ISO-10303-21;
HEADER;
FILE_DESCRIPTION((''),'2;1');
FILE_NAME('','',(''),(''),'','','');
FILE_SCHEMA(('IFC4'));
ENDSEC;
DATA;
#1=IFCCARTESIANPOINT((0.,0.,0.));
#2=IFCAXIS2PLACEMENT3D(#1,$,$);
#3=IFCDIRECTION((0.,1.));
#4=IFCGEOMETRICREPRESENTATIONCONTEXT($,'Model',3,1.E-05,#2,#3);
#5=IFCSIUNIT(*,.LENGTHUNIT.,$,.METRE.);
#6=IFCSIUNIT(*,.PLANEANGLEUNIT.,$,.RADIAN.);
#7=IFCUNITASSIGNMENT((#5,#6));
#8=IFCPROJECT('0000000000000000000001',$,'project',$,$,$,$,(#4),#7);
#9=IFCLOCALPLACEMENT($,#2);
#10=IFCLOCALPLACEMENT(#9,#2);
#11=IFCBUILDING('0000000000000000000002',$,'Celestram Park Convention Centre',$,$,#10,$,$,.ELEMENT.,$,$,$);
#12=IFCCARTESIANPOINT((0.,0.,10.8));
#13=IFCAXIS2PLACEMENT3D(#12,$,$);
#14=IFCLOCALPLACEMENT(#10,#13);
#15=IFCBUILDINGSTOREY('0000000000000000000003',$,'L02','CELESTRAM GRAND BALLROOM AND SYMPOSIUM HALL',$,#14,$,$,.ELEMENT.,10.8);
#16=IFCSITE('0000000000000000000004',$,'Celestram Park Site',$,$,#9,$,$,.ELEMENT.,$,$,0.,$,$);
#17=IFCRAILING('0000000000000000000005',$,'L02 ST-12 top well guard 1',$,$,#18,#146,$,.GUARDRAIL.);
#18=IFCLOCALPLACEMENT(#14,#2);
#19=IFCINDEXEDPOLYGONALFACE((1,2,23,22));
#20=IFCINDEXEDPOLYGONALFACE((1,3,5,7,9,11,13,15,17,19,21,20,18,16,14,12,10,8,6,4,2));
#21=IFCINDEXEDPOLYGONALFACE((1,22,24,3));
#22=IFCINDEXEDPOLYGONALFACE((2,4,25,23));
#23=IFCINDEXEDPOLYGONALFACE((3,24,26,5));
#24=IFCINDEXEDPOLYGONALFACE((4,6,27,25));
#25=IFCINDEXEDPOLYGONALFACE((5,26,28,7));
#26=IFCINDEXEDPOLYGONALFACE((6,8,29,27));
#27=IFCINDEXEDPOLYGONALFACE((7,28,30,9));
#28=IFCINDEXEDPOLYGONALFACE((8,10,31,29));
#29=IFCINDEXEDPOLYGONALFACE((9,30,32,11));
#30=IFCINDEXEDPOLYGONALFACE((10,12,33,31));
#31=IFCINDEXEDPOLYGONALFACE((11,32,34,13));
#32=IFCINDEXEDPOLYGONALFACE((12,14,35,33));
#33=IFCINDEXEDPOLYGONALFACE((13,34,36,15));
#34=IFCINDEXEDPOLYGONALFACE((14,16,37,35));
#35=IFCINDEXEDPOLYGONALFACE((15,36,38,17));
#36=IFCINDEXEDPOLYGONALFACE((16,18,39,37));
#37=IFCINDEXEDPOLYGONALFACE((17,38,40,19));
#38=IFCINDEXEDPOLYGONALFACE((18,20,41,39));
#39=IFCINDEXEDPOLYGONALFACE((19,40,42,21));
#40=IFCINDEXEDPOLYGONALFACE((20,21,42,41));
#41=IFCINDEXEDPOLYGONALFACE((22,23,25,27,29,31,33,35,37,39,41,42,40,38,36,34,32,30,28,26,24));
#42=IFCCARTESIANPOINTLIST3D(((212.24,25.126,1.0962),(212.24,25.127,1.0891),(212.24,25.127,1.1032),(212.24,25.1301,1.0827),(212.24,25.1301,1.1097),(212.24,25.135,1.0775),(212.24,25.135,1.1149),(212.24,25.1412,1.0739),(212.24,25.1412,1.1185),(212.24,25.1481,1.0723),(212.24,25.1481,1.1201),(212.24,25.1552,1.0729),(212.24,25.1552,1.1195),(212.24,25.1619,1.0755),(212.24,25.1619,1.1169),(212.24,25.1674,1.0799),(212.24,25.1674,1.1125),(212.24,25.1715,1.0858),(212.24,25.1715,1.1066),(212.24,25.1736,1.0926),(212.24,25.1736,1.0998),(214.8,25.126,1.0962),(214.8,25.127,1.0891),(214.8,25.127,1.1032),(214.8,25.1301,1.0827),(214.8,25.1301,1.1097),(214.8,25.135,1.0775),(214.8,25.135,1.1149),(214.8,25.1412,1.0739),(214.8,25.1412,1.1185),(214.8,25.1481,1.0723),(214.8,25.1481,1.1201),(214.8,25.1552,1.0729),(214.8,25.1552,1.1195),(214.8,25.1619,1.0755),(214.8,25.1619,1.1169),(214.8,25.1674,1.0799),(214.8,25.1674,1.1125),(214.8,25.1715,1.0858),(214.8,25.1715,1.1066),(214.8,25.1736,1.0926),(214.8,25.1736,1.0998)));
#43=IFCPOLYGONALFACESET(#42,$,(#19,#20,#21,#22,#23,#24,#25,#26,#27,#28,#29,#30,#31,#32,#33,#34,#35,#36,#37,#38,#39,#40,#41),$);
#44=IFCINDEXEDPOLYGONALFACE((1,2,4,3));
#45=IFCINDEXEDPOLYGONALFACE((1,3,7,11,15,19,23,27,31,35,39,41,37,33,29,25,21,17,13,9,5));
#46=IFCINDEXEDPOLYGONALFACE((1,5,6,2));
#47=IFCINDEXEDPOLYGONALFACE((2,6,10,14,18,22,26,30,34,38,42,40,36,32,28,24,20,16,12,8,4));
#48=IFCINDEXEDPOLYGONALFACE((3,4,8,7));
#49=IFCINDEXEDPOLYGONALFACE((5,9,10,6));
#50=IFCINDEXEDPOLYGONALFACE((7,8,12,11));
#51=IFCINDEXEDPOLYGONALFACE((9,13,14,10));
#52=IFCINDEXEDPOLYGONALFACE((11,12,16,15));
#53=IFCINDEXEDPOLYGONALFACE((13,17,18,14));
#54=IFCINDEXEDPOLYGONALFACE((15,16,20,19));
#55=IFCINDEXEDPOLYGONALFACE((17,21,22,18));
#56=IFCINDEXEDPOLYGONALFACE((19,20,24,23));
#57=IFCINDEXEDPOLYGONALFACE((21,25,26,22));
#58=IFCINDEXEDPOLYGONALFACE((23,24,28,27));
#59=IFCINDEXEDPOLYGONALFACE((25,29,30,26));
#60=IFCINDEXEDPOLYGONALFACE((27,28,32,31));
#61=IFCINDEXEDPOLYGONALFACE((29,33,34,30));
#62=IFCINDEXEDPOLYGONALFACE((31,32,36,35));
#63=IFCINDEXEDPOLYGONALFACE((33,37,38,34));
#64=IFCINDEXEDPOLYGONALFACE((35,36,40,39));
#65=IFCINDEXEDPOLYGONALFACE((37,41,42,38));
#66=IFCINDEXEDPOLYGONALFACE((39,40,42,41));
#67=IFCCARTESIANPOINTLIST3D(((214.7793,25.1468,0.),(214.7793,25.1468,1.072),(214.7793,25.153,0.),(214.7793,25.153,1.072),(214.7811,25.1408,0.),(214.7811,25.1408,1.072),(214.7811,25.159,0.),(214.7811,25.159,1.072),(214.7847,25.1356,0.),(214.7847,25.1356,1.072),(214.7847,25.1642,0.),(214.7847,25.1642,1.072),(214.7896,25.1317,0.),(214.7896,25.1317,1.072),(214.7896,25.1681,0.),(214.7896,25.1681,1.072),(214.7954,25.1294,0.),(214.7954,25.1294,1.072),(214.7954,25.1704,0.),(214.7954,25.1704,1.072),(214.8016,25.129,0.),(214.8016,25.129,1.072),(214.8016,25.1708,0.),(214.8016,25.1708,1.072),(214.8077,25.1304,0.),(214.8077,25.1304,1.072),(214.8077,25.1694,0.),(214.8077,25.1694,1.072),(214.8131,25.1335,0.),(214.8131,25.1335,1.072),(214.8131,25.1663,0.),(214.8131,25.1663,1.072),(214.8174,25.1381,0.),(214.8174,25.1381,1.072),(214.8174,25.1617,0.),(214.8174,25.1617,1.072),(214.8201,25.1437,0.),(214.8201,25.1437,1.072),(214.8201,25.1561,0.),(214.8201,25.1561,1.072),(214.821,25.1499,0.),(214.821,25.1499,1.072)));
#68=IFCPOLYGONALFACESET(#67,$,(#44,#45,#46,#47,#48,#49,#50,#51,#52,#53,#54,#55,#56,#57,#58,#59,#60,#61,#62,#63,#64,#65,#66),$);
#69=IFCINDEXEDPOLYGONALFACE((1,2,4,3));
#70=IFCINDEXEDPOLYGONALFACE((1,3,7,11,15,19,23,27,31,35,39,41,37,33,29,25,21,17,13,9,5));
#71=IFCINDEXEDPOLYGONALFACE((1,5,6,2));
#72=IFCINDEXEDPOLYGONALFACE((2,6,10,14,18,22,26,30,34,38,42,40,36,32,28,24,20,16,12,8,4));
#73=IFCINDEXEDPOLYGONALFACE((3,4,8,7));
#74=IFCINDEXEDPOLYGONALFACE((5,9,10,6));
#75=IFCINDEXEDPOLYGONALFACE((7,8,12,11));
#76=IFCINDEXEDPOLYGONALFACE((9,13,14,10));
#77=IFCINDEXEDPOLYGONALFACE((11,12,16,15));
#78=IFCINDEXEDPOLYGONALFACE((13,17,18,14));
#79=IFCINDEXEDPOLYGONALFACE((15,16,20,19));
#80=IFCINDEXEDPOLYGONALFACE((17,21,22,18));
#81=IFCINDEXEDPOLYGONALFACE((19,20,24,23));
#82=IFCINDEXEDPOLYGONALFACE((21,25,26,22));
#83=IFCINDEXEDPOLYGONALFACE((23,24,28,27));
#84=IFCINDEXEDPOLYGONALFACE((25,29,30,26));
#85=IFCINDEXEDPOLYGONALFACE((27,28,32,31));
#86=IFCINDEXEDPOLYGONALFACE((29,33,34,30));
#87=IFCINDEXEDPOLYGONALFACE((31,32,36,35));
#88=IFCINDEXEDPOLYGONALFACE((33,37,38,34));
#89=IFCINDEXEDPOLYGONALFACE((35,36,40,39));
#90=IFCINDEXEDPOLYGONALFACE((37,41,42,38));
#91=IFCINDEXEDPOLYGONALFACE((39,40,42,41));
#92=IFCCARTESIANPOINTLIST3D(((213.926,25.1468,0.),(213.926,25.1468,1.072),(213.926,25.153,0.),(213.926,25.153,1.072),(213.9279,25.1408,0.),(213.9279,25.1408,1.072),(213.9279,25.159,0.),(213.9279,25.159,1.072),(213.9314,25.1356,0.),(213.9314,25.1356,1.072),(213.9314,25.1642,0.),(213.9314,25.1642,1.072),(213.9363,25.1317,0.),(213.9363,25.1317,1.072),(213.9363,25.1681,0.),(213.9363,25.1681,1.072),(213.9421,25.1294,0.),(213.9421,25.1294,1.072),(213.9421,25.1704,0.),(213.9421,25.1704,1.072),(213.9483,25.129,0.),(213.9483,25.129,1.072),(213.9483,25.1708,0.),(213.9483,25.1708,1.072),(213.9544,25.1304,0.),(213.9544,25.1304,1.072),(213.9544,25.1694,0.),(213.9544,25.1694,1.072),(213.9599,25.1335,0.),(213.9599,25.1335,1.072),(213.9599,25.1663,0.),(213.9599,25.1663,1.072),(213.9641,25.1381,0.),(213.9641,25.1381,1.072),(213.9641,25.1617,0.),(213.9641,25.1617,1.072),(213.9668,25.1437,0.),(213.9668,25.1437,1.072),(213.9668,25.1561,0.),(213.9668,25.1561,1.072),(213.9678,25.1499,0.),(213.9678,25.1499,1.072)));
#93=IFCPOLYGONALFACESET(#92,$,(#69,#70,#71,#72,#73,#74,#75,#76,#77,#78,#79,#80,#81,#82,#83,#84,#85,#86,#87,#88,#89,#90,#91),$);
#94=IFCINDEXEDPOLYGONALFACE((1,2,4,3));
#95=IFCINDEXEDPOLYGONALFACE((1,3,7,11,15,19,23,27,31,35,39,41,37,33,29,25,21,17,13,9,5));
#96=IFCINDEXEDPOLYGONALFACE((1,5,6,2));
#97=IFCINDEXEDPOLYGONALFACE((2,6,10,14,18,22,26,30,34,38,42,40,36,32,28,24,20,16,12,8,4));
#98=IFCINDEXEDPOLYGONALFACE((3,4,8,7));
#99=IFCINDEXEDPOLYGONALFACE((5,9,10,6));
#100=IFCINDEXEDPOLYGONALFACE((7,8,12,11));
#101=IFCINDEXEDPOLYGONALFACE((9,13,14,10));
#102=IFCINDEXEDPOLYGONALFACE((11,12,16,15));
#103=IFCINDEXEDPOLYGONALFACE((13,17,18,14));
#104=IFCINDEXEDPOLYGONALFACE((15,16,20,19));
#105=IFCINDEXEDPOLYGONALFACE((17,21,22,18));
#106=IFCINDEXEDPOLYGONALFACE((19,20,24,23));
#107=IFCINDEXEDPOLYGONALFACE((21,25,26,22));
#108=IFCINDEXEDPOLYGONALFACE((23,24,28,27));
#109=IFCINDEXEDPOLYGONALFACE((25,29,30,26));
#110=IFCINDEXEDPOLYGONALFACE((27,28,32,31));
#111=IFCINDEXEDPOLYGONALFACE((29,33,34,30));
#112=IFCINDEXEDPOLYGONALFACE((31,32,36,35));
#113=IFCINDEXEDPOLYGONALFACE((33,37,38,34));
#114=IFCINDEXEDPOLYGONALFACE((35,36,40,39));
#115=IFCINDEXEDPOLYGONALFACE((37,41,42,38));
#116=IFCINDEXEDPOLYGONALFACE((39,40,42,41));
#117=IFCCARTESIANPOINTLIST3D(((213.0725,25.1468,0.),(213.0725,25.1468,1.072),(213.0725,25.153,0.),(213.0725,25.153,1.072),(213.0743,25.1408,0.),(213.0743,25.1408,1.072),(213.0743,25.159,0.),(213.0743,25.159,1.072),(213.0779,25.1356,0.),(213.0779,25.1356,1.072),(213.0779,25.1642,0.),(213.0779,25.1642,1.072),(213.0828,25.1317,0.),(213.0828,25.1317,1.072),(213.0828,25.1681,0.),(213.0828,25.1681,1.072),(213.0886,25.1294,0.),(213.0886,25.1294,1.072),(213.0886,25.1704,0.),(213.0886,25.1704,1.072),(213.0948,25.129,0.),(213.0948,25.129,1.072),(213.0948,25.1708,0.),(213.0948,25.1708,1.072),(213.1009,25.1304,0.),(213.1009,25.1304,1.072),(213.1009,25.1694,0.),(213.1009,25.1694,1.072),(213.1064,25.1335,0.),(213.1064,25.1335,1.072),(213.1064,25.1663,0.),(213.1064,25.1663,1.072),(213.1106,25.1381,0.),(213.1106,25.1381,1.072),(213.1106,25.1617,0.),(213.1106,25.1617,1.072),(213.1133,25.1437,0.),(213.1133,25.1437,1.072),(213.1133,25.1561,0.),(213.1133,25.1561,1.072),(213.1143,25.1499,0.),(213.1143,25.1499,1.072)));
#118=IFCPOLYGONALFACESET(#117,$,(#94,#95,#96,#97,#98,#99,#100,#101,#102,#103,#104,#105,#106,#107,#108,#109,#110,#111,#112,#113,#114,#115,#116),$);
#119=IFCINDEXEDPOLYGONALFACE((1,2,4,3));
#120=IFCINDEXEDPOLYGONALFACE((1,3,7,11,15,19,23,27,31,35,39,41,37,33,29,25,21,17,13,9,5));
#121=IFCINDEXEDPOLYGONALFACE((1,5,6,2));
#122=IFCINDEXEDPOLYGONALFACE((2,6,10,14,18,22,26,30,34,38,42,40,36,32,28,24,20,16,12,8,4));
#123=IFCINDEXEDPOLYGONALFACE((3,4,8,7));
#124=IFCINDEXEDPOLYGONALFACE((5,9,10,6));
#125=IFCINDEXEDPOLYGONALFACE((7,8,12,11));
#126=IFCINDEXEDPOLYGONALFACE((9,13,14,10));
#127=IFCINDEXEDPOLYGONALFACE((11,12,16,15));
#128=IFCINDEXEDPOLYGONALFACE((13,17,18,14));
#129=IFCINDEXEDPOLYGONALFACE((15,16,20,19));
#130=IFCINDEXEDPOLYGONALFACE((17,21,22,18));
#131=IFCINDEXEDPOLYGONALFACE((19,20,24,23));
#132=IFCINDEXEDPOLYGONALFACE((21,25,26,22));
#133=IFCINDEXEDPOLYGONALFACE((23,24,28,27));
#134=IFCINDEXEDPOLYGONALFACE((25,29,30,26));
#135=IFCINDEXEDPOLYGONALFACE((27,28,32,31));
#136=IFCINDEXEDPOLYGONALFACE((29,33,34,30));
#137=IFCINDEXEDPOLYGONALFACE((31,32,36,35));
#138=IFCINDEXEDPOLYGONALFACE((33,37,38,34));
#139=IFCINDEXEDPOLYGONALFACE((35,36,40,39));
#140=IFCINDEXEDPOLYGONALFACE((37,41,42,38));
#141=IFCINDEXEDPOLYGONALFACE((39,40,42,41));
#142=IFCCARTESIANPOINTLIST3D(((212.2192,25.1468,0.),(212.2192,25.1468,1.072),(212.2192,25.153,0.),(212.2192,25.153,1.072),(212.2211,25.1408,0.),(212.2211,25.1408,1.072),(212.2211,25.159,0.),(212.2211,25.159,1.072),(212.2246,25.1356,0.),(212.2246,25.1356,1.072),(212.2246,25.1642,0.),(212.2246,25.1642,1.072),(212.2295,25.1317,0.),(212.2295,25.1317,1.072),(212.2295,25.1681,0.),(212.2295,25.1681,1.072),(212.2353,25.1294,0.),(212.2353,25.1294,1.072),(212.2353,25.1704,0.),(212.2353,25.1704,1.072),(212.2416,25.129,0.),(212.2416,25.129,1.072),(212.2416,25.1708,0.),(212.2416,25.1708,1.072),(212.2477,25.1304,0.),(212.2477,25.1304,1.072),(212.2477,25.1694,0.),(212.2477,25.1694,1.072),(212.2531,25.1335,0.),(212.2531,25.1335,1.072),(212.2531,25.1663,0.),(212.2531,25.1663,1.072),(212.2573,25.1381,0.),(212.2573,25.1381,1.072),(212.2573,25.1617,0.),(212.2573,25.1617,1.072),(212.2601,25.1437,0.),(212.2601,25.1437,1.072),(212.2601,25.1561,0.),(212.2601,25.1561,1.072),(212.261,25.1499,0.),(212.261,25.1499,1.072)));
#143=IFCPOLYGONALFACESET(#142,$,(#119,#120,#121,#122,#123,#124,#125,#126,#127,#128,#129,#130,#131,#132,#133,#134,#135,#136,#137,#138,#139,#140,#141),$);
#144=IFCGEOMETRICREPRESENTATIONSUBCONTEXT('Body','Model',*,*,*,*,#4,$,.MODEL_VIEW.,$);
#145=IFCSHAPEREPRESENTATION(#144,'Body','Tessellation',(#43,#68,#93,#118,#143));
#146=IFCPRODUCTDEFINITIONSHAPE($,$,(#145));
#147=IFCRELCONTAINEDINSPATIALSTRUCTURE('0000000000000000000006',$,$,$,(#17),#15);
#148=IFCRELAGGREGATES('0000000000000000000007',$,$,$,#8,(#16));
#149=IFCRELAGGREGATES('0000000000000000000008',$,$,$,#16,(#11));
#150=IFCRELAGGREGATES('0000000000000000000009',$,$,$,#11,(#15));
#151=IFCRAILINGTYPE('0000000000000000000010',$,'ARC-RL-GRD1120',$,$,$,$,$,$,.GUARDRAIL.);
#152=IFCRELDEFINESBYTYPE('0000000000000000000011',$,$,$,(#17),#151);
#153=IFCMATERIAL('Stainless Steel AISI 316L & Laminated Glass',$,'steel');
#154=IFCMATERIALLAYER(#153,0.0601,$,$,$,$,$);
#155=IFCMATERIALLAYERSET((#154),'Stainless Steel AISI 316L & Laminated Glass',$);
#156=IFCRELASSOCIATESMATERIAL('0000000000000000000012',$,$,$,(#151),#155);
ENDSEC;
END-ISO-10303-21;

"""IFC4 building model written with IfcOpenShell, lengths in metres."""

from ifc_helpers import new_model, si_unit, direction, frame, origin, origin_2d, place, context, subcontext, project, spatial, circle, extrude, material, layer, layer_set, type_object, element, save


model = new_model("IFC4")

# Units and contexts
model_context = context("Model", 3, precision=1e-05, world=origin(), true_north=direction((0.0, 1.0)))
body_context = subcontext(model_context, "Body", "Model", "MODEL_VIEW")
ifc_project = project(units=[si_unit("LENGTHUNIT", "METRE"), si_unit("PLANEANGLEUNIT", "RADIAN")], contexts=[model_context])

# Site, building, storey
site_placement = place(None, origin())
site = spatial("IfcSite", under=ifc_project, at=site_placement, Name="Celestram Park Site", CompositionType="ELEMENT", RefElevation=0.0)
building_placement = place(site_placement, origin())
building = spatial("IfcBuilding", under=site, at=building_placement, Name="Celestram Park Convention Centre", CompositionType="ELEMENT")
storey_placement = place(building_placement, frame((0.0, 0.0, 10.8)))
storey = spatial("IfcBuildingStorey", under=building, at=storey_placement, Name="L02", Description="CELESTRAM GRAND BALLROOM AND SYMPOSIUM HALL", CompositionType="ELEMENT", Elevation=10.8)

# Railing
ifc_material_1 = material(Name="Stainless Steel AISI 316L & Laminated Glass", Category="steel")
ifc_layer_1 = layer(ifc_material_1, 0.0601)
ifc_layer_set_1 = layer_set([ifc_layer_1], Name="Stainless Steel AISI 316L & Laminated Glass")
railing_type = type_object("IfcRailingType", Name="ARC-RL-GRD1120", PredefinedType="GUARDRAIL", material=ifc_layer_set_1)
railing_placement = place(storey_placement, frame((214.8, 25.1499, 0.0)))
element("IfcRailing", 1, at=railing_placement, inside=storey, type_object=railing_type, Name="L02 ST-12 top well guard 1", PredefinedType="GUARDRAIL", context=body_context, shape_type="SweptSolid", body=[
    extrude(circle(Radius=0.0239, at=origin_2d()), frame((0.0, 0.0, 1.0962), z_axis=(-1.0, 0.0, 0.0), x_axis=(0.0, -1.0, 0.0)), (0.0, 0.0, 1.0), 2.5601),
    extrude(circle(Radius=0.021, at=origin_2d()), origin(), (0.0, 0.0, 1.0), 1.072),
    extrude(circle(Radius=0.021, at=origin_2d()), frame((-0.8533, 0.0, 0.0)), (0.0, 0.0, 1.0), 1.072),
    extrude(circle(Radius=0.021, at=origin_2d()), frame((-1.7068, 0.0, 0.0)), (0.0, 0.0, 1.0), 1.072),
    extrude(circle(Radius=0.021, at=origin_2d()), frame((-2.5601, 0.0, 0.0)), (0.0, 0.0, 1.0), 1.072),
])

save(model, "model.ifc")
